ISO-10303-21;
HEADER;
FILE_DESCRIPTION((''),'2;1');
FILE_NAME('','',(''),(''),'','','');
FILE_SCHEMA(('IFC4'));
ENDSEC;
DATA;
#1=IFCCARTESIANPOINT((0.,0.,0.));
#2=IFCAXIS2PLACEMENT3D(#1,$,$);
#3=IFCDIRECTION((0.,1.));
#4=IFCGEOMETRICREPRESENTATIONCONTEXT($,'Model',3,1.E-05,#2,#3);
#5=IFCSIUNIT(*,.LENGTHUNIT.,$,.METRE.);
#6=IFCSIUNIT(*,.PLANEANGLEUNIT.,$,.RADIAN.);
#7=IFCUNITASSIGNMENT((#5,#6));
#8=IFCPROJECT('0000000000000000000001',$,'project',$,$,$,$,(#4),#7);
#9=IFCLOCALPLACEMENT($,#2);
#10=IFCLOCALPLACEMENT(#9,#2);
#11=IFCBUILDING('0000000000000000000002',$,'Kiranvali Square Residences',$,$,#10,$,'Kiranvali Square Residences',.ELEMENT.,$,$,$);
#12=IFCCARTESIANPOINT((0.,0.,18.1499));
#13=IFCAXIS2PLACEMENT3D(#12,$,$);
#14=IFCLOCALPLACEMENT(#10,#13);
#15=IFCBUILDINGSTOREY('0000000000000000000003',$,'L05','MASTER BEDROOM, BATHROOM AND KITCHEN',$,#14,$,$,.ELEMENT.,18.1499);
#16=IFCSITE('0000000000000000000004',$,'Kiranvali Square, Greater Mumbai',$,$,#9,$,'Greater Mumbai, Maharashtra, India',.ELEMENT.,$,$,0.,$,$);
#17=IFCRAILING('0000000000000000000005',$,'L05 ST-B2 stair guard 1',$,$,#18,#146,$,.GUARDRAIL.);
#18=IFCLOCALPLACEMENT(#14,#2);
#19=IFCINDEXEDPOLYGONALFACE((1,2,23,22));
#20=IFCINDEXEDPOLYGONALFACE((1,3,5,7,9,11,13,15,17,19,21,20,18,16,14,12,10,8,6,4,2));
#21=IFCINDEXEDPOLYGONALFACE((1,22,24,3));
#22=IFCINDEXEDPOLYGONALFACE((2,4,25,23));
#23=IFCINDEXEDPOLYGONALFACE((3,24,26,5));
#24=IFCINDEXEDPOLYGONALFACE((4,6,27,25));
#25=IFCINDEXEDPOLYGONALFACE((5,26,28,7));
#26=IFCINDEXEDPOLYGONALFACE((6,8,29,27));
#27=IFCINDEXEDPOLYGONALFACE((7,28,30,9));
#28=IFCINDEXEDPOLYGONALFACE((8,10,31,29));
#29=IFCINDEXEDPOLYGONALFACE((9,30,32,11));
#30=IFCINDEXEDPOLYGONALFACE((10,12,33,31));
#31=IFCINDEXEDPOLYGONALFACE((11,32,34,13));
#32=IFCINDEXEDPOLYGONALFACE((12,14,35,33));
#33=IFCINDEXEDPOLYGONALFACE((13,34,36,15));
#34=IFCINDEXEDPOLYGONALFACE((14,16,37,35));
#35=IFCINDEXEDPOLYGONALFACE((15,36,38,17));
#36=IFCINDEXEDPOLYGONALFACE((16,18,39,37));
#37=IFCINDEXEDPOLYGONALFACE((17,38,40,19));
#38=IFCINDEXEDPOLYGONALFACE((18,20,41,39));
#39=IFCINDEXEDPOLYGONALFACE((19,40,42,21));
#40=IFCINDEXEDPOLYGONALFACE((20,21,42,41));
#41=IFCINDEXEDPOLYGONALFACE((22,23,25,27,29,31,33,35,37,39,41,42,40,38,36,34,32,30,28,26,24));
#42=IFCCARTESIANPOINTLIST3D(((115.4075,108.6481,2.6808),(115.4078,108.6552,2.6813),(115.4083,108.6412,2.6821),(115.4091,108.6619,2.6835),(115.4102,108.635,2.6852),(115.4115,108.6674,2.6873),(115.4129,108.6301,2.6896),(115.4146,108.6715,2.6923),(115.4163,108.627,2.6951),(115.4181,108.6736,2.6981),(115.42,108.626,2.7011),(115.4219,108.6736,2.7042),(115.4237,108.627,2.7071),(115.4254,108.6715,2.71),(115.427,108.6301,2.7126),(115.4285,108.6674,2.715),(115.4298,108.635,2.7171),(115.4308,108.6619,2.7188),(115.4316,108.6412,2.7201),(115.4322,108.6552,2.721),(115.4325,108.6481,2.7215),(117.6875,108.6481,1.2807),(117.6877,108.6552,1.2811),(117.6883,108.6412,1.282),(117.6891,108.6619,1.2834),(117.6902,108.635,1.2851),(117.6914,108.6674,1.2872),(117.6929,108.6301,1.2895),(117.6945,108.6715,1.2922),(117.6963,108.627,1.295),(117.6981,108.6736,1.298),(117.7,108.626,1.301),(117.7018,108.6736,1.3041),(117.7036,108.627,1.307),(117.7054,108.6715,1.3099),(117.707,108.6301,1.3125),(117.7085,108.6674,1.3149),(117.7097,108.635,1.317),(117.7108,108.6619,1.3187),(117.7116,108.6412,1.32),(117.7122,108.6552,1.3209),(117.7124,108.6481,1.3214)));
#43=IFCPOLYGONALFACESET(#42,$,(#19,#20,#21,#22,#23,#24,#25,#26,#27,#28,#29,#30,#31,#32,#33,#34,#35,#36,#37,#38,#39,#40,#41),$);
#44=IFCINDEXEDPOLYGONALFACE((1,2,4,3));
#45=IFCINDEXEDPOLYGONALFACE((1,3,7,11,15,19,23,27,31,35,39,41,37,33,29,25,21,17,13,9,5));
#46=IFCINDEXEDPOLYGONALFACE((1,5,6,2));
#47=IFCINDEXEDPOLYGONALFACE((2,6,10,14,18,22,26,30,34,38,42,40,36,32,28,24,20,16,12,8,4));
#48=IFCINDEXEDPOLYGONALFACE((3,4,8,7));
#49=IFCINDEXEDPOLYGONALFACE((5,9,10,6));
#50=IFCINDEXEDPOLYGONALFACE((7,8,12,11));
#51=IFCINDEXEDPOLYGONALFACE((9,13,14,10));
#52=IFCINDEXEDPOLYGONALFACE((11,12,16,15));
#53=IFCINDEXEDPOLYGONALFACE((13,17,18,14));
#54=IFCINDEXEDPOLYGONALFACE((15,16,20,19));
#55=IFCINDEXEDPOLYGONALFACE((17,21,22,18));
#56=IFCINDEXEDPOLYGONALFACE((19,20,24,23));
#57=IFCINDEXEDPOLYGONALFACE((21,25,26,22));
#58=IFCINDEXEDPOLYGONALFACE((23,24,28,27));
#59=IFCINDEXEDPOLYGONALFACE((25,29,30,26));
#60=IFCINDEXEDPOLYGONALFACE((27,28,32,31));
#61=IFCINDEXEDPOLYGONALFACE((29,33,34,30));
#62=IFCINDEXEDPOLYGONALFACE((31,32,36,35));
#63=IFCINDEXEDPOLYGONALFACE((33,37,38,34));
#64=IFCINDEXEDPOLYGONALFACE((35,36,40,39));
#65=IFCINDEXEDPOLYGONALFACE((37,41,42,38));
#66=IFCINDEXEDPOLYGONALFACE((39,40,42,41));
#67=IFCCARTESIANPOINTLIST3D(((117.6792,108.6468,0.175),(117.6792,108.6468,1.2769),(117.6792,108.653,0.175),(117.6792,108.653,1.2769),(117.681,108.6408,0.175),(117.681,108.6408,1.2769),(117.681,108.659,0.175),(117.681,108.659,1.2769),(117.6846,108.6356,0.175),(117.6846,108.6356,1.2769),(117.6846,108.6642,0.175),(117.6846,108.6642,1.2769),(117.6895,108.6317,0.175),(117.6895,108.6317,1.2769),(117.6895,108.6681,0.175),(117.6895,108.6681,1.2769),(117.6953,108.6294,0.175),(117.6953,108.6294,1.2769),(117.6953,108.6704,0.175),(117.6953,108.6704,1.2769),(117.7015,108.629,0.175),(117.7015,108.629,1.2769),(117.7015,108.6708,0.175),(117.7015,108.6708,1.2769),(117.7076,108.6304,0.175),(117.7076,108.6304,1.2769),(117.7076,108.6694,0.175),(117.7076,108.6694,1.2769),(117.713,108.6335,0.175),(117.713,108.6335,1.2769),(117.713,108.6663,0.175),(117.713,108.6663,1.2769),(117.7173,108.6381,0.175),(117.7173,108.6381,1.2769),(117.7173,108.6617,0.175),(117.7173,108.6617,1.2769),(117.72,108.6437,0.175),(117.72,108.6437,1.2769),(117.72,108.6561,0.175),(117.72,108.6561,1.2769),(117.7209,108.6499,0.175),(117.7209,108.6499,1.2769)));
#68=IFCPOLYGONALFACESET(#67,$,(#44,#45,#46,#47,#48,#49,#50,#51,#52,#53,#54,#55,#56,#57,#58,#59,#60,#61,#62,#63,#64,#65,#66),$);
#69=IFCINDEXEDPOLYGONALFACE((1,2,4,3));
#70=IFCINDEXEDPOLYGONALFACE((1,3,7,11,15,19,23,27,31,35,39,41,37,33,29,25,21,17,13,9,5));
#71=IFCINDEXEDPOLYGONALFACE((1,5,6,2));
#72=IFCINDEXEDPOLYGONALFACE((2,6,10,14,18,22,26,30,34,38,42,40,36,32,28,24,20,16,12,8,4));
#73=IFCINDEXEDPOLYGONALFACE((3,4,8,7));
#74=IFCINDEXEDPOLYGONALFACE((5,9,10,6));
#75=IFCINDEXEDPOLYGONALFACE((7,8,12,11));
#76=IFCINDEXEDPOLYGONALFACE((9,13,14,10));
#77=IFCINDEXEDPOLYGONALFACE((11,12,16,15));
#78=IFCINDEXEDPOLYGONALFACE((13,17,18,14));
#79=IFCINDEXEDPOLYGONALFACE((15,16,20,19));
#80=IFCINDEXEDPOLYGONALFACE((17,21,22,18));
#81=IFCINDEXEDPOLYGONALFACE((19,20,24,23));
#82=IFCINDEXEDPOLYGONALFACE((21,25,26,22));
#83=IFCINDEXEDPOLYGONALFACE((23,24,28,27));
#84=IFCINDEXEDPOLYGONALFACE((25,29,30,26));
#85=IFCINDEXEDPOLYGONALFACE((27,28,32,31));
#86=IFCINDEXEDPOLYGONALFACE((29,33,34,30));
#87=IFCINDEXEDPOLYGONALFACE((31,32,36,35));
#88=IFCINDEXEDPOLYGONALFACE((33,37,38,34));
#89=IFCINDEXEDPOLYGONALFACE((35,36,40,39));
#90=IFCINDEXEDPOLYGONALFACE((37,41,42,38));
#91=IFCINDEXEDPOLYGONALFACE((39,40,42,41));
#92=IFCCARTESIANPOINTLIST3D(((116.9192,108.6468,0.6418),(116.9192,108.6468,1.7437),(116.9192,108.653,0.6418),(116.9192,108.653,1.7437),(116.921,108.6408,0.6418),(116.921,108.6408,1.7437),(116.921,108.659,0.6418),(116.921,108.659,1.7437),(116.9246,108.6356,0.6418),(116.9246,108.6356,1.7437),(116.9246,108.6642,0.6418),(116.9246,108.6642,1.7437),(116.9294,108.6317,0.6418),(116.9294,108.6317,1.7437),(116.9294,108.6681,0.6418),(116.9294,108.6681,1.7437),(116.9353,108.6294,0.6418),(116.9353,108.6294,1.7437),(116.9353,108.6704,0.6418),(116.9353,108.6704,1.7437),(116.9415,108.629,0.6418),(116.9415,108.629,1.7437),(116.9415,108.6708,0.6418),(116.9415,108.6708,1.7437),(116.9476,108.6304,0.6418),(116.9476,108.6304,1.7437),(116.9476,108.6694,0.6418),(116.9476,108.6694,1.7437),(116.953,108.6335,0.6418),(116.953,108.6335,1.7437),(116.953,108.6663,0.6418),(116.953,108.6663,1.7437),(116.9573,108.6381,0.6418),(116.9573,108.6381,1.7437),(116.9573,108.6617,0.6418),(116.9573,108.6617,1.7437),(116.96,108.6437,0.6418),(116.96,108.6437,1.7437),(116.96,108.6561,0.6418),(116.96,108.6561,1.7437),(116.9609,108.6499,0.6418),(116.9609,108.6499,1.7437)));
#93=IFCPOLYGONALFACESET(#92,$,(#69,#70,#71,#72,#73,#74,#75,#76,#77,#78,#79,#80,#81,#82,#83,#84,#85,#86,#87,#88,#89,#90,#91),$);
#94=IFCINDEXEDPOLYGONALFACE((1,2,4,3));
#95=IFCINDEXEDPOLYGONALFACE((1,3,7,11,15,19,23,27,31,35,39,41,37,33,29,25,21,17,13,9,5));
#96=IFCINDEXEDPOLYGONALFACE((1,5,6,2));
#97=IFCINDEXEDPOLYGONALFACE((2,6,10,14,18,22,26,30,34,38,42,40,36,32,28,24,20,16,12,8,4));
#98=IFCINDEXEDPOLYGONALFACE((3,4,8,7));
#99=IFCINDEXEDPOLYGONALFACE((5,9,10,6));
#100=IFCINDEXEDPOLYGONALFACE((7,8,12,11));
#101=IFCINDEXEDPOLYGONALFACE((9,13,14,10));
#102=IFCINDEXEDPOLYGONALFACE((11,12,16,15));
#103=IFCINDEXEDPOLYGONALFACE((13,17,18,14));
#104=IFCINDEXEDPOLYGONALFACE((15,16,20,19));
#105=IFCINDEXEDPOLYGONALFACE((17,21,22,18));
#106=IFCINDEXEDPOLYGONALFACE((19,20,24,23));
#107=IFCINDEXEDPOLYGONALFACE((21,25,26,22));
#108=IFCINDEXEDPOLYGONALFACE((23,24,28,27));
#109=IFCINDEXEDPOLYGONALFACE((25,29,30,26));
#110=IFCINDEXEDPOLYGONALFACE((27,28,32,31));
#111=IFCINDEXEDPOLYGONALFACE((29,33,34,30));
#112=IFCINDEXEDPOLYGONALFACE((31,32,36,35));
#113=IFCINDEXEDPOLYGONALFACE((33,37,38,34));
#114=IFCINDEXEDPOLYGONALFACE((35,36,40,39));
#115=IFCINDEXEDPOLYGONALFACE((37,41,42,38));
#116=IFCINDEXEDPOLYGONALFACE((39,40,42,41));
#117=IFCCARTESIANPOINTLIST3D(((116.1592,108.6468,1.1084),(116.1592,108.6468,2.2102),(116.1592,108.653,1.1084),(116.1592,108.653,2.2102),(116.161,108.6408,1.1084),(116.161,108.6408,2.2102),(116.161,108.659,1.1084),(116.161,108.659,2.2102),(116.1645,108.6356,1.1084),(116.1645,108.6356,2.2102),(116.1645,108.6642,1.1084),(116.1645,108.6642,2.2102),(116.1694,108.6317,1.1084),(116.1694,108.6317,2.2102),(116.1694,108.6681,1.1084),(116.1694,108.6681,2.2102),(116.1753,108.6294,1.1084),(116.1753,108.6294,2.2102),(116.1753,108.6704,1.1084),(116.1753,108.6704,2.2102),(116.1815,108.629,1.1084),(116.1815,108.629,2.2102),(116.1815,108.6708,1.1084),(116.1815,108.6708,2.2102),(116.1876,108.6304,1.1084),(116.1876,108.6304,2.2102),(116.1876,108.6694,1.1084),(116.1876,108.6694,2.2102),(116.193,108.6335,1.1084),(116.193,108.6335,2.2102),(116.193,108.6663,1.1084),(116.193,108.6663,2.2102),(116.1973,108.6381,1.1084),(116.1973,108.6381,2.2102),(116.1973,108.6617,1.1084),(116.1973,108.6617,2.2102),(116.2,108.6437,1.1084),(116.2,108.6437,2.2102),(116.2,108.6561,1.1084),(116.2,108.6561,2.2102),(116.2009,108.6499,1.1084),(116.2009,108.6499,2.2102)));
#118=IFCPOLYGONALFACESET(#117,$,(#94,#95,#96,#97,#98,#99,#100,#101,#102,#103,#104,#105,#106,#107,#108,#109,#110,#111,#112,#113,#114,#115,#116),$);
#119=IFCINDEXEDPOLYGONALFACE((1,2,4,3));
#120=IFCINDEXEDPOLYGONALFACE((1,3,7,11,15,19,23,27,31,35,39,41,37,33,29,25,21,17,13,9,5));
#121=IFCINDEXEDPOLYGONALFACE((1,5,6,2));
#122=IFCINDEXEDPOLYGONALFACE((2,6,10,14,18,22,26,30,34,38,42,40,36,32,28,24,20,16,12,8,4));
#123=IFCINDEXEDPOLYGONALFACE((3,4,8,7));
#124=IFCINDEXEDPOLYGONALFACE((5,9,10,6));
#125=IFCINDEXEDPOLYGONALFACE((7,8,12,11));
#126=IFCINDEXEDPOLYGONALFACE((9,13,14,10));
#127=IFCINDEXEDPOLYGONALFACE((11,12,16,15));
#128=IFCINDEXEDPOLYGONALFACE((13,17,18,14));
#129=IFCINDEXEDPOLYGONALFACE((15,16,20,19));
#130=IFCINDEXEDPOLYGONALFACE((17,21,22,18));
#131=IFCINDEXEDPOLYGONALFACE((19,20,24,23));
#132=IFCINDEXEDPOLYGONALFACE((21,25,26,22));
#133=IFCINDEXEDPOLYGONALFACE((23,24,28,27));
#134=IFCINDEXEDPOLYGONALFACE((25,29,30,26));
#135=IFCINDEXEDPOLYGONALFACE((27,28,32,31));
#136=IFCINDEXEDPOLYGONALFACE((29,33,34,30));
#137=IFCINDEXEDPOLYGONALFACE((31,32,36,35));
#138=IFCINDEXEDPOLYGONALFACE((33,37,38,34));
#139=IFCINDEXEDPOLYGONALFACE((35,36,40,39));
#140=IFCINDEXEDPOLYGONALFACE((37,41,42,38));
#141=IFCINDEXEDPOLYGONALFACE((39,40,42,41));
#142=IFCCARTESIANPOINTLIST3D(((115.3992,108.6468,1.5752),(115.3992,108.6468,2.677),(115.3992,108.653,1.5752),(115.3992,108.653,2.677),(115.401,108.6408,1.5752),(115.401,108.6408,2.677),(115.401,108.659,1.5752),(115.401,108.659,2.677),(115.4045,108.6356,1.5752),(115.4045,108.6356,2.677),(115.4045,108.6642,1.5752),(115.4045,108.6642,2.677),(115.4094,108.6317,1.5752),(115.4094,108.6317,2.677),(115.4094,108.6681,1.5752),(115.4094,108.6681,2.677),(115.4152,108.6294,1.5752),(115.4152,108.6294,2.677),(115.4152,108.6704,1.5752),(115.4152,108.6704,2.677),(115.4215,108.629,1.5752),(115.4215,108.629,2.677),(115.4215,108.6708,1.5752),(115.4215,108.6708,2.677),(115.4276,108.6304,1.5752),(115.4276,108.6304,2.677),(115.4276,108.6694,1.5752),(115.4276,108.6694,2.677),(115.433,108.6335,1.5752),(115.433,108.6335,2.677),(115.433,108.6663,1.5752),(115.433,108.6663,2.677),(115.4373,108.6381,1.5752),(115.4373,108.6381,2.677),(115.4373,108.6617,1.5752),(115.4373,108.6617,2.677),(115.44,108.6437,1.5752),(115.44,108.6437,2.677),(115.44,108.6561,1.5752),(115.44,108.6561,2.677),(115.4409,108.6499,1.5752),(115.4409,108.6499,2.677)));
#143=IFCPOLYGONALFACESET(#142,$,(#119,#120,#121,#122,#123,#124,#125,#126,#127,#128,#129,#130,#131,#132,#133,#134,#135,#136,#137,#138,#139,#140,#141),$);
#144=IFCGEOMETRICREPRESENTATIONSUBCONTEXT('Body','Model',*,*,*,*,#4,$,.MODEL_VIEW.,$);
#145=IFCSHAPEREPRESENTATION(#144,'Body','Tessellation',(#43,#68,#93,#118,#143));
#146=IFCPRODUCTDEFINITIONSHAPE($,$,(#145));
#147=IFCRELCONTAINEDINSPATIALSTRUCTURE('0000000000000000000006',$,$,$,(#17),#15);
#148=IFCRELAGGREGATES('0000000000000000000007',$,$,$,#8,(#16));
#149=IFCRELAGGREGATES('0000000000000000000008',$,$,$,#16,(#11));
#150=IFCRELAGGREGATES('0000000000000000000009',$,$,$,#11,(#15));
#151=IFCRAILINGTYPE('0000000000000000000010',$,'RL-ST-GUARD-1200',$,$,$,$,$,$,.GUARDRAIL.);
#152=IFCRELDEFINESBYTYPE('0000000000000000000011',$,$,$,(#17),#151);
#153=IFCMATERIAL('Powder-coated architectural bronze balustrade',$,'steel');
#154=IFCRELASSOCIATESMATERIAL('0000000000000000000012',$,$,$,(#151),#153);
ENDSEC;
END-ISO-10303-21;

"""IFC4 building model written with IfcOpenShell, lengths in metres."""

from ifc_helpers import new_model, si_unit, direction, frame, origin, origin_2d, place, context, subcontext, project, spatial, circle, extrude, material, type_object, element, save


model = new_model("IFC4")

# Units and contexts
model_context = context("Model", 3, precision=1e-05, world=origin(), true_north=direction((0.0, 1.0)))
body_context = subcontext(model_context, "Body", "Model", "MODEL_VIEW")
ifc_project = project(units=[si_unit("LENGTHUNIT", "METRE"), si_unit("PLANEANGLEUNIT", "RADIAN")], contexts=[model_context])

# Site, building, storey
site_placement = place(None, origin())
site = spatial("IfcSite", under=ifc_project, at=site_placement, Name="Kiranvali Square, Greater Mumbai", LongName="Greater Mumbai, Maharashtra, India", CompositionType="ELEMENT", RefElevation=0.0)
building_placement = place(site_placement, origin())
building = spatial("IfcBuilding", under=site, at=building_placement, Name="Kiranvali Square Residences", LongName="Kiranvali Square Residences", CompositionType="ELEMENT")
storey_placement = place(building_placement, frame((0.0, 0.0, 18.1499)))
storey = spatial("IfcBuildingStorey", under=building, at=storey_placement, Name="L05", Description="MASTER BEDROOM, BATHROOM AND KITCHEN", CompositionType="ELEMENT", Elevation=18.1499)

# Railing
ifc_material_1 = material(Name="Powder-coated architectural bronze balustrade", Category="steel")
railing_type_1 = type_object("IfcRailingType", Name="RL-ST-GUARD-1200", PredefinedType="GUARDRAIL", material=ifc_material_1)
railing_1_placement = place(storey_placement, frame((117.7, 108.6499, 0.175)))
element("IfcRailing", 1, at=railing_1_placement, inside=storey, type_object=railing_type_1, Name="L05 ST-B2 stair guard 1", PredefinedType="GUARDRAIL", context=body_context, shape_type="SweptSolid", body=[
    extrude(circle(Radius=0.0239, at=origin_2d()), frame((0.0, 0.0, 1.126), z_axis=(-0.85215, 0.0, 0.523298), x_axis=(0.0, -1.0, 0.0)), (0.0, 0.0, 1.0), 2.6755),
    extrude(circle(Radius=0.021, at=origin_2d()), origin(), (0.0, 0.0, 1.0), 1.1018),
    extrude(circle(Radius=0.021, at=origin_2d()), frame((-0.76, 0.0, 0.4668)), (0.0, 0.0, 1.0), 1.1018),
    extrude(circle(Radius=0.021, at=origin_2d()), frame((-1.52, 0.0, 0.9333)), (0.0, 0.0, 1.0), 1.1018),
    extrude(circle(Radius=0.021, at=origin_2d()), frame((-2.28, 0.0, 1.4001)), (0.0, 0.0, 1.0), 1.1018),
])

save(model, "model.ifc")
